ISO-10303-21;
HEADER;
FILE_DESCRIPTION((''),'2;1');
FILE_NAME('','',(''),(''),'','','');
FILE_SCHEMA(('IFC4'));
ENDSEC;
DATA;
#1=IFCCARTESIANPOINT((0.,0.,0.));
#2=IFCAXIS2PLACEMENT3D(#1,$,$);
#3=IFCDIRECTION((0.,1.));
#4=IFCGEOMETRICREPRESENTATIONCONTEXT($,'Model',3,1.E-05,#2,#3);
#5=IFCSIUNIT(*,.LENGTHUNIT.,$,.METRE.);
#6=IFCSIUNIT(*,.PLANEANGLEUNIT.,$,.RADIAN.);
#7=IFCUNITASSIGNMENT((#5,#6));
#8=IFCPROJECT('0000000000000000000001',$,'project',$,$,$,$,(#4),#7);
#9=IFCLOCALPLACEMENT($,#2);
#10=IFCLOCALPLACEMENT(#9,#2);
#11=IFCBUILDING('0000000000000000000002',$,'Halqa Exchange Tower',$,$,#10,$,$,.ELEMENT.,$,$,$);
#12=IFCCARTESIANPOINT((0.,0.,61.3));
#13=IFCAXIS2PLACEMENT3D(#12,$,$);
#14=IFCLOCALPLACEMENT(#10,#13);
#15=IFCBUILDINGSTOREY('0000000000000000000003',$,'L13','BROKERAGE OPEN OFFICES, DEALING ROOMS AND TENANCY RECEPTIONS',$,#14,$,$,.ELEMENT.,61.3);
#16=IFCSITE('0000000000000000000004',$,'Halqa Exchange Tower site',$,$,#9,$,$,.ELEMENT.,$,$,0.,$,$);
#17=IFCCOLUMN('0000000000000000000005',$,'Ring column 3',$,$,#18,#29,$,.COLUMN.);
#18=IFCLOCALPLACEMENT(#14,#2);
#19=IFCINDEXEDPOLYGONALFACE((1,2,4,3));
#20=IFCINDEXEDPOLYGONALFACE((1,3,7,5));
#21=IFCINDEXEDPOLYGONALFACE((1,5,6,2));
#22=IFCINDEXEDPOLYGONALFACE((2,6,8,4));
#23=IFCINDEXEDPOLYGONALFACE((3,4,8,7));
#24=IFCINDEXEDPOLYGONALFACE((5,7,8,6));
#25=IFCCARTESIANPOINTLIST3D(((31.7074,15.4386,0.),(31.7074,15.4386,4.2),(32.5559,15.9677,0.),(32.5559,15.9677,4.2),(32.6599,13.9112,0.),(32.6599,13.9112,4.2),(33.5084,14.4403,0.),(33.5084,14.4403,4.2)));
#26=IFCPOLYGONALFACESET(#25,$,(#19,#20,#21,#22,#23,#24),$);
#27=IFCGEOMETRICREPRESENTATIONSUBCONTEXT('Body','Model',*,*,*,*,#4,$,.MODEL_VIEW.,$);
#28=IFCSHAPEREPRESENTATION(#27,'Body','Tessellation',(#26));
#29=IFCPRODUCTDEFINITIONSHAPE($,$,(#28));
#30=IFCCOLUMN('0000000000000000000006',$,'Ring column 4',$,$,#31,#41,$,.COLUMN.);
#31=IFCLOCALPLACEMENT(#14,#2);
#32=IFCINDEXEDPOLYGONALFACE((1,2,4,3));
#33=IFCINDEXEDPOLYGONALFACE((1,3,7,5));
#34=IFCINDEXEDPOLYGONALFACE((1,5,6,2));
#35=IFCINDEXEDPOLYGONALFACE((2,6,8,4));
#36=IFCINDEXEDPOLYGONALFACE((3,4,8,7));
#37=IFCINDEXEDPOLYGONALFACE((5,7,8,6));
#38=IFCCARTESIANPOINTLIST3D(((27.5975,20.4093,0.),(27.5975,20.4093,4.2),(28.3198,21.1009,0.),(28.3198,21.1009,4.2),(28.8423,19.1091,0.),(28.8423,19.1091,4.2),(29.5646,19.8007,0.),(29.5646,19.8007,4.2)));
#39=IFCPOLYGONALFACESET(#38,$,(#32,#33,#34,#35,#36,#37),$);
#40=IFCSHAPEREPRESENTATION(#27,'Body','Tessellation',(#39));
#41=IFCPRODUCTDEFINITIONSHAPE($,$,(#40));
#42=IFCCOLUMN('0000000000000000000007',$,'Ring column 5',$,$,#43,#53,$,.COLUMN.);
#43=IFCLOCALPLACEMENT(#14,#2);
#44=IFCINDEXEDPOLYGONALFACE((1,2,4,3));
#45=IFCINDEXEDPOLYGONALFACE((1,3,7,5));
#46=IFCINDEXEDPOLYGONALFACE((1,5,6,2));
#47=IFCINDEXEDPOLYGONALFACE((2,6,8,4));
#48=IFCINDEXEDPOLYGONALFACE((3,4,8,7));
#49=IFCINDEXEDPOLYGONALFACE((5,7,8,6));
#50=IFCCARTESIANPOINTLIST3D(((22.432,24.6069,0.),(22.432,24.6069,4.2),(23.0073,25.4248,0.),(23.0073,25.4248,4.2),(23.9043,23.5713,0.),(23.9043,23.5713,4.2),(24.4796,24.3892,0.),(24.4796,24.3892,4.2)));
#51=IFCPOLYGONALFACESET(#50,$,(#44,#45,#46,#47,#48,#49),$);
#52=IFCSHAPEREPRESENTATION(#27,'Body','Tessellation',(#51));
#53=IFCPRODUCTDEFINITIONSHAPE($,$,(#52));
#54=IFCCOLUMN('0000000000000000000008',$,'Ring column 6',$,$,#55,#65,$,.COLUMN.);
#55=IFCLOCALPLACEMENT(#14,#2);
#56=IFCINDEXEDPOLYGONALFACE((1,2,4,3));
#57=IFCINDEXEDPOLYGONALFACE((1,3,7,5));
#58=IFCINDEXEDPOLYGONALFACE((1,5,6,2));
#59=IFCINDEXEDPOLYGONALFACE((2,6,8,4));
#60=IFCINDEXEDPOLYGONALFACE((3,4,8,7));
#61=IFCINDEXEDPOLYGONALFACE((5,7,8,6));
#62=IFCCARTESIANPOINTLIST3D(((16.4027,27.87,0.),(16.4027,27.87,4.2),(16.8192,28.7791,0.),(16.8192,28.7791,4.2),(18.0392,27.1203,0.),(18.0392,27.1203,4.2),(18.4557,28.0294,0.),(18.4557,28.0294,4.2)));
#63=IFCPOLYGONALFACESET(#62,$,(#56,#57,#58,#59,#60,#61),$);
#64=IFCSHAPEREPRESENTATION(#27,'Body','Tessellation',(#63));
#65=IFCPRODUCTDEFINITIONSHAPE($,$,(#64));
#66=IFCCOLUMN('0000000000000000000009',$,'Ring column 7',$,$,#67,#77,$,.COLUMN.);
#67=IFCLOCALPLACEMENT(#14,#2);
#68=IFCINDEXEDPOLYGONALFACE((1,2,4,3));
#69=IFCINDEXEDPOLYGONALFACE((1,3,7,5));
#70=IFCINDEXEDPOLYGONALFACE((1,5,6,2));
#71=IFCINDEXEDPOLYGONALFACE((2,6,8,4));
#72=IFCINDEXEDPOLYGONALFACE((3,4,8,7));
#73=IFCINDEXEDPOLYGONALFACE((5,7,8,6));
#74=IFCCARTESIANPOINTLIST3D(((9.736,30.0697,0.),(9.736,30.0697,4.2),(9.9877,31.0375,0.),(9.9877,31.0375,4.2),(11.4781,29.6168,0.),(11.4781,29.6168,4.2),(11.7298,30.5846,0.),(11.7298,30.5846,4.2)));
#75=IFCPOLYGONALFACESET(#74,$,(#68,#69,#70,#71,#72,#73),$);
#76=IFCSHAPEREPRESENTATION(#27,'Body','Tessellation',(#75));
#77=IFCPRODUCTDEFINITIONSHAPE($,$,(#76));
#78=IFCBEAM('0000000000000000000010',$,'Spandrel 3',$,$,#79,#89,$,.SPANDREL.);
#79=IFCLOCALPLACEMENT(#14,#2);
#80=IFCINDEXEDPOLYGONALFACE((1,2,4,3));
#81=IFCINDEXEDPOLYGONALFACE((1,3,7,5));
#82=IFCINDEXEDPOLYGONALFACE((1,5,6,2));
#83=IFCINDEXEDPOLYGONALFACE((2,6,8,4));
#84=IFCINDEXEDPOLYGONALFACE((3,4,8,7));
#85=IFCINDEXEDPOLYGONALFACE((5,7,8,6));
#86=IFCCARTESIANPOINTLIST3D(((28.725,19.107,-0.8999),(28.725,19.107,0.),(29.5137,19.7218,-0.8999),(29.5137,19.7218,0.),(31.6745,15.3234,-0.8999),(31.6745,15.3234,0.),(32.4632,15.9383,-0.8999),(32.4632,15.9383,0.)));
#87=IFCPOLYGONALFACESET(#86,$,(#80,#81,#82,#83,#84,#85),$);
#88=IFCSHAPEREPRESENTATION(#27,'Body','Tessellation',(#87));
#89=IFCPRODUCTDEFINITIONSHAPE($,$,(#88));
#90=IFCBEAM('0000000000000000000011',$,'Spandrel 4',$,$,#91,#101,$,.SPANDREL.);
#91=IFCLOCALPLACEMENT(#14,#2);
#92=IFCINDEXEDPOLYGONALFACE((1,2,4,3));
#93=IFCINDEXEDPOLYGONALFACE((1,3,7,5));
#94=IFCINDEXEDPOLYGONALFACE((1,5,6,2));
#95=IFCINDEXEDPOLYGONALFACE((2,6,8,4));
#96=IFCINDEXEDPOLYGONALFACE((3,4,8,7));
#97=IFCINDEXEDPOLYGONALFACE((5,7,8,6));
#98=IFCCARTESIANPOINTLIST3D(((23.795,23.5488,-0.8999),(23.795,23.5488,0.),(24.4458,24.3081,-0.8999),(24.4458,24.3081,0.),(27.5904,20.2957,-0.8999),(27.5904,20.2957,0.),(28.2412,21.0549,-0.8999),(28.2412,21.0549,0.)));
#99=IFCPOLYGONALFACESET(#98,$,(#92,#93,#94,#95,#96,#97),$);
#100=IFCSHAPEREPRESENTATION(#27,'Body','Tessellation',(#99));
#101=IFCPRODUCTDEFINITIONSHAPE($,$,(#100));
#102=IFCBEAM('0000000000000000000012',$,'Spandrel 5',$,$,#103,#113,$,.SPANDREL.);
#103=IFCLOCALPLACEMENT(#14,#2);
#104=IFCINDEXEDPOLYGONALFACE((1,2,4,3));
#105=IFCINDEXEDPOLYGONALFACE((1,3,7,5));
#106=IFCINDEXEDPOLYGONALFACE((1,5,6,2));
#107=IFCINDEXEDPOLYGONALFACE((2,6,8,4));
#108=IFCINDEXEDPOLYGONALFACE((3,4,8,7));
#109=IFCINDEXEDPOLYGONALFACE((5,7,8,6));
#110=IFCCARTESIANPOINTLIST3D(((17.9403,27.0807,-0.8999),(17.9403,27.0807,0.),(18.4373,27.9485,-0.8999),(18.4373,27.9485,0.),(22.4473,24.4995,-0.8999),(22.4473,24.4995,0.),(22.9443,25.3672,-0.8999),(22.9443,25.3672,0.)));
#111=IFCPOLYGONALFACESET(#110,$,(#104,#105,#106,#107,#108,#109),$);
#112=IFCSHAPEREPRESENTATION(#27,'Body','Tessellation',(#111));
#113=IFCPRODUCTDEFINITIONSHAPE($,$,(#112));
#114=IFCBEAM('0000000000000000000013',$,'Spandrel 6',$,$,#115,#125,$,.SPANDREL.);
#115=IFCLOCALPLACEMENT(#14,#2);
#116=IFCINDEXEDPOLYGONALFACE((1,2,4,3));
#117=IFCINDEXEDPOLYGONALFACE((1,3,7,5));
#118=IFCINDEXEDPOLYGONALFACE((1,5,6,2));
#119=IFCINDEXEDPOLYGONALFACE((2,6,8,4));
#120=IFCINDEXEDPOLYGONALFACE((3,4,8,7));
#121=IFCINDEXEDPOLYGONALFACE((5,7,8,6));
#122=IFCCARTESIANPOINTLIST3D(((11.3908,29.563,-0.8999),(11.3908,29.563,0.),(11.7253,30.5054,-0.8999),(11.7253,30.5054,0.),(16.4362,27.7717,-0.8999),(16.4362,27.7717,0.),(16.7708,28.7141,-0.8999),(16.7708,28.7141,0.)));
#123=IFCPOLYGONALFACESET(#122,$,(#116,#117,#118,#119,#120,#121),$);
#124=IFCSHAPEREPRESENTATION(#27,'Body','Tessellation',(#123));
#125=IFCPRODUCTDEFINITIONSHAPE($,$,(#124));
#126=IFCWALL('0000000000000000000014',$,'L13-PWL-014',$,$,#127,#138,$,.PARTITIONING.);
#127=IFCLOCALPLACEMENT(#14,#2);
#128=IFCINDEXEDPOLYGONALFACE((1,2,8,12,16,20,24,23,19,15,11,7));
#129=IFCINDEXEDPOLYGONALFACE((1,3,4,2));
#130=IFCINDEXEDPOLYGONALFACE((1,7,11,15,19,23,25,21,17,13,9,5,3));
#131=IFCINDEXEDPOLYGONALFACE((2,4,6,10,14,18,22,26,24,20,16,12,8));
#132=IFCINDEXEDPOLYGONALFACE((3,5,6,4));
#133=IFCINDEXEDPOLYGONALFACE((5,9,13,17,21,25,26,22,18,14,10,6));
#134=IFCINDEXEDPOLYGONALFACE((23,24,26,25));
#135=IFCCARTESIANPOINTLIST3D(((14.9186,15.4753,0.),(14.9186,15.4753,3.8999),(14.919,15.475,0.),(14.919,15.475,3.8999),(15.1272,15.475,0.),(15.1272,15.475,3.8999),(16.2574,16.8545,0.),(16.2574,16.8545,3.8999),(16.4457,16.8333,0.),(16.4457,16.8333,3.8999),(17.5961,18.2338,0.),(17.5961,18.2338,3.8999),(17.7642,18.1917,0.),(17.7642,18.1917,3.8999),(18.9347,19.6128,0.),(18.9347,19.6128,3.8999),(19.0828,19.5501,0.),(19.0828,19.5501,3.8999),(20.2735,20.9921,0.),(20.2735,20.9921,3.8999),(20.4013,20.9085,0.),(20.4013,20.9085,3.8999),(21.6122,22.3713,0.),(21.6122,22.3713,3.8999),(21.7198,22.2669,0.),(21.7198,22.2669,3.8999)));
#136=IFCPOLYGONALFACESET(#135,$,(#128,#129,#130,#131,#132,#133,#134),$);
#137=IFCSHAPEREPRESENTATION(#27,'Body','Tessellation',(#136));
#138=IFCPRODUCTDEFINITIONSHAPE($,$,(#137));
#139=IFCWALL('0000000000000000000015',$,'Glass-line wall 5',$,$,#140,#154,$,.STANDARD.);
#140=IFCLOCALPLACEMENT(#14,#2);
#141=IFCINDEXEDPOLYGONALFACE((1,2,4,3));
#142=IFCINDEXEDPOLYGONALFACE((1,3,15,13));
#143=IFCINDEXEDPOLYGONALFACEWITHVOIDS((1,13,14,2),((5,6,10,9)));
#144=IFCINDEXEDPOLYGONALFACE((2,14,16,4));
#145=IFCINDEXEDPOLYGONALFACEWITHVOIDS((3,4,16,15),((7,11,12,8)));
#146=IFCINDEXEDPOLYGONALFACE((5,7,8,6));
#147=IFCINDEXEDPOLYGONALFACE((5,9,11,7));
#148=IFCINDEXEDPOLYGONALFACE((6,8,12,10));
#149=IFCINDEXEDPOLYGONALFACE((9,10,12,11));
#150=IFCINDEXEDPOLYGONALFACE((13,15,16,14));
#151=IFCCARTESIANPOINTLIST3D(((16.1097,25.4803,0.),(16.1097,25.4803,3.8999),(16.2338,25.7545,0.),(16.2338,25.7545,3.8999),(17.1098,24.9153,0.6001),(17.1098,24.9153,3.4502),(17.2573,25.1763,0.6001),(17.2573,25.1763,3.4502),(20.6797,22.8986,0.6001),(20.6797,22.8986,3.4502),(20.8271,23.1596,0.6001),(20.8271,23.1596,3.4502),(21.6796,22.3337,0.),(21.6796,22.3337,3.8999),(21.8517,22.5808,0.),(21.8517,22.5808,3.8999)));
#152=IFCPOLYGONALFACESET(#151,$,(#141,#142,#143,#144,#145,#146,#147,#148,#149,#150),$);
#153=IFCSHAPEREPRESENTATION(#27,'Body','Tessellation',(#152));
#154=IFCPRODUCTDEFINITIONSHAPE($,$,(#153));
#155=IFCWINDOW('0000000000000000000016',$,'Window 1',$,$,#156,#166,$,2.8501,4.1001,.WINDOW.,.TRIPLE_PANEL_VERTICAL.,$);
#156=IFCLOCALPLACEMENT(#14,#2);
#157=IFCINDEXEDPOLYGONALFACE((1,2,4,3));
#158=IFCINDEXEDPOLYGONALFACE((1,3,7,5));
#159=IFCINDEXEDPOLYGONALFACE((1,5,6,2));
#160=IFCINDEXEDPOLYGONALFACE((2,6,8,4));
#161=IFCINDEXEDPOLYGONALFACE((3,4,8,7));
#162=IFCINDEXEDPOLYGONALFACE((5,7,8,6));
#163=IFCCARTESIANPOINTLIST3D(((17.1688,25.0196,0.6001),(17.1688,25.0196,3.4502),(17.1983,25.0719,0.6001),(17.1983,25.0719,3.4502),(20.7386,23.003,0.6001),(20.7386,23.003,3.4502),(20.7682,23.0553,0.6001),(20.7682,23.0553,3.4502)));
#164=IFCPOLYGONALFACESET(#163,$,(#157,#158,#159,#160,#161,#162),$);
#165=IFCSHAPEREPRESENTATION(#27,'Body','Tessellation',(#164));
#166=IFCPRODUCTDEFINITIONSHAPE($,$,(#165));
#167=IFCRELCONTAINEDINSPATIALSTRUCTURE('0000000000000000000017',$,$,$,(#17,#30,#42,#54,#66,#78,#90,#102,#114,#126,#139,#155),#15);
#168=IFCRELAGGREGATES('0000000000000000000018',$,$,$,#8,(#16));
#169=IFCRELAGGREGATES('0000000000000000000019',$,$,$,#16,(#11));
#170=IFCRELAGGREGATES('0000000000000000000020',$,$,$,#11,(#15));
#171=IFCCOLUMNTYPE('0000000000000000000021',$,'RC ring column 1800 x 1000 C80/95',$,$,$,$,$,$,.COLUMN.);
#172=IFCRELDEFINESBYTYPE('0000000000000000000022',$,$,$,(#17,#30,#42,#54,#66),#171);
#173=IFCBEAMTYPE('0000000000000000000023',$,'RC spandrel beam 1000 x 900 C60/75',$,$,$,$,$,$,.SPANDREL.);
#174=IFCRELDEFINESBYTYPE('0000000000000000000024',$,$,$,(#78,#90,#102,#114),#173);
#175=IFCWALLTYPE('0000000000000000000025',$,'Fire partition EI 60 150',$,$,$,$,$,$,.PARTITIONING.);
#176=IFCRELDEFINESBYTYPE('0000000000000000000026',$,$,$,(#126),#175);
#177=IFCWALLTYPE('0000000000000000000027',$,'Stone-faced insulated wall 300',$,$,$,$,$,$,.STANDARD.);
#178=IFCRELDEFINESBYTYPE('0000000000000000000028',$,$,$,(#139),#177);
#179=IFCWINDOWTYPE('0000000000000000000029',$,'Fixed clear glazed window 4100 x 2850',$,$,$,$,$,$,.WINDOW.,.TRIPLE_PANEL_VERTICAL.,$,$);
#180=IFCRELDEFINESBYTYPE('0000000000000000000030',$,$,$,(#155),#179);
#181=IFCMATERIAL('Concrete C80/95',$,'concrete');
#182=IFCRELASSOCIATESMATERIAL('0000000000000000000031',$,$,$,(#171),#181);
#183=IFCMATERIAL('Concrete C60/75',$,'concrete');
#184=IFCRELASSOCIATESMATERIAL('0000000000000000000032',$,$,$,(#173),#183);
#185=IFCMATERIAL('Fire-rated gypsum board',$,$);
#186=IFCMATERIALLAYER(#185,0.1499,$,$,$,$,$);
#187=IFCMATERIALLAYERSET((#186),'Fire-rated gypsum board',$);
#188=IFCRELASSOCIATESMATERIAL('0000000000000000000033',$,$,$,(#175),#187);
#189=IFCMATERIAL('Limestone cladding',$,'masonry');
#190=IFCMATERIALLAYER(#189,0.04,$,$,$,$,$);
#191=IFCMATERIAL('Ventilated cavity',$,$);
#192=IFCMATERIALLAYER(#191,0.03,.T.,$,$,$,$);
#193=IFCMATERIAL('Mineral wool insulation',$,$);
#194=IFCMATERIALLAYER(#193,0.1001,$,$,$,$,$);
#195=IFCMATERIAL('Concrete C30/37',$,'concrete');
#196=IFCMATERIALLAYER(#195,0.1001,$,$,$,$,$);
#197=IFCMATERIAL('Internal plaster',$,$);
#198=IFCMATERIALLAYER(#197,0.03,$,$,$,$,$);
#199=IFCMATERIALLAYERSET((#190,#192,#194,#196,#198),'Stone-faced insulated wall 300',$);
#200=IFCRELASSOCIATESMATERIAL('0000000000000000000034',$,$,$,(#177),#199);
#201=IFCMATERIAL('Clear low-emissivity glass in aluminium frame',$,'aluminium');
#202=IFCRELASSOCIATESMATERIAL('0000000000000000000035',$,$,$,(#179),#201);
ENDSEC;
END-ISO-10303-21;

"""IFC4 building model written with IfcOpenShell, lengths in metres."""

from ifc_helpers import new_model, si_unit, direction, frame, frame_2d, origin, origin_2d, place, context, subcontext, project, spatial, polyline, rectangle, outline, extrude, material, layer, layer_set, material_profile, profile_set, type_object, element, fill, save


model = new_model("IFC4")

# Units and contexts
model_context = context("Model", 3, precision=1e-05, world=origin(), true_north=direction((0.0, 1.0)))
body_context = subcontext(model_context, "Body", "Model", "MODEL_VIEW")
ifc_project = project(units=[si_unit("LENGTHUNIT", "METRE"), si_unit("PLANEANGLEUNIT", "RADIAN")], contexts=[model_context])

# Site, building, storey
site_placement = place(None, origin())
site = spatial("IfcSite", under=ifc_project, at=site_placement, Name="Halqa Exchange Tower site", CompositionType="ELEMENT", RefElevation=0.0)
building_placement = place(site_placement, origin())
building = spatial("IfcBuilding", under=site, at=building_placement, Name="Halqa Exchange Tower", CompositionType="ELEMENT")
storey_placement = place(building_placement, frame((0.0, 0.0, 61.3)))
storey = spatial("IfcBuildingStorey", under=building, at=storey_placement, Name="L13", Description="BROKERAGE OPEN OFFICES, DEALING ROOMS AND TENANCY RECEPTIONS", CompositionType="ELEMENT", Elevation=61.3)

# Columns
ifc_material_1 = material(Name="Concrete C80/95", Category="concrete")
ifc_material_profile_1 = material_profile(ifc_material_1, rectangle(XDim=1.8, YDim=1.0, at=origin_2d()), Name="1800 x 1000")
ifc_profile_set_1 = profile_set([ifc_material_profile_1], Name="Concrete C80/95")
column_type = type_object("IfcColumnType", Name="RC ring column 1800 x 1000 C80/95", PredefinedType="COLUMN", material=ifc_profile_set_1)
for number, where, z_axis, x_axis, name in (
    (1, (32.6079, 14.9395, 0.0), (0.0, 0.0, 1.0), (-0.529139, 0.848535, 0.0), "Ring column 3"),
    (2, (28.5811, 20.105, 0.0), (0.0, 0.0, 1.0), (-0.691577, 0.722302, 0.0), "Ring column 4"),
    (3, (23.4558, 24.498, 0.0), (0.0, 0.0, 1.0), (-0.817909, 0.575348, 0.0), "Ring column 5"),
    (4, (17.4292, 27.9497, 0.0), (0.0, 0.0, 1.0), (-0.909126, 0.41652, 0.0), "Ring column 6"),
    (5, (10.7329, 30.3271, 0.0), (0.0, 0.0, 1.0), (-0.96782, 0.251644, 0.0), "Ring column 7"),
):
    element("IfcColumn", number, at=place(storey_placement, frame(where, z_axis=z_axis, x_axis=x_axis)), inside=storey, type_object=column_type, Name=name, PredefinedType="COLUMN", context=body_context, shape_type="SweptSolid", body=[
        extrude(rectangle(XDim=1.8, YDim=1.0, at=origin_2d()), origin(), (0.0, 0.0, 1.0), 4.2),
    ])

# Beams
ifc_material_2 = material(Name="Concrete C60/75", Category="concrete")
ifc_material_profile_2 = material_profile(ifc_material_2, rectangle(XDim=1.0, YDim=0.8999, at=origin_2d()), Name="1000 x 900")
ifc_profile_set_2 = profile_set([ifc_material_profile_2], Name="Concrete C60/75")
beam_type = type_object("IfcBeamType", Name="RC spandrel beam 1000 x 900 C60/75", PredefinedType="SPANDREL", material=ifc_profile_set_2)
beam_1_placement = place(storey_placement, frame((32.0688, 15.6309, -0.45), z_axis=(-0.614821, 0.788667, 0.0), x_axis=(-0.788667, -0.614821, 0.0)))
element("IfcBeam", 6, at=beam_1_placement, inside=storey, type_object=beam_type, Name="Spandrel 3", PredefinedType="SPANDREL", context=body_context, shape_type="SweptSolid", body=[
    extrude(rectangle(XDim=1.0, YDim=0.8999, at=origin_2d()), origin(), (0.0, 0.0, 1.0), 4.7974),
])
beam_2_placement = place(storey_placement, frame((27.9158, 20.6753, -0.45), z_axis=(-0.75926, 0.650787, 0.0), x_axis=(-0.650787, -0.75926, 0.0)))
element("IfcBeam", 7, at=beam_2_placement, inside=storey, type_object=beam_type, Name="Spandrel 4", PredefinedType="SPANDREL", context=body_context, shape_type="SweptSolid", body=[
    extrude(rectangle(XDim=1.0, YDim=0.8999, at=origin_2d()), origin(), (0.0, 0.0, 1.0), 4.9988),
])
beam_3_placement = place(storey_placement, frame((22.6958, 24.9333, -0.45), z_axis=(-0.86776, 0.496984, 0.0), x_axis=(-0.496984, -0.86776, 0.0)))
element("IfcBeam", 8, at=beam_3_placement, inside=storey, type_object=beam_type, Name="Spandrel 5", PredefinedType="SPANDREL", context=body_context, shape_type="SweptSolid", body=[
    extrude(rectangle(XDim=1.0, YDim=0.8999, at=origin_2d()), origin(), (0.0, 0.0, 1.0), 5.1938),
])
beam_4_placement = place(storey_placement, frame((16.6035, 28.2429, -0.45), z_axis=(-0.942372, 0.334568, 0.0), x_axis=(-0.334568, -0.942372, 0.0)))
element("IfcBeam", 9, at=beam_4_placement, inside=storey, type_object=beam_type, Name="Spandrel 6", PredefinedType="SPANDREL", context=body_context, shape_type="SweptSolid", body=[
    extrude(rectangle(XDim=1.0, YDim=0.8999, at=origin_2d()), origin(), (0.0, 0.0, 1.0), 5.354),
])

# Wall
ifc_material_3 = material(Name="Fire-rated gypsum board")
ifc_layer_1 = layer(ifc_material_3, 0.1499)
ifc_layer_set_1 = layer_set([ifc_layer_1], Name="Fire-rated gypsum board")
wall_type_1 = type_object("IfcWallType", Name="Fire partition EI 60 150", PredefinedType="PARTITIONING", material=ifc_layer_set_1)
wall_1_placement = place(storey_placement, frame((14.9724, 15.4231, 0.0), z_axis=(0.0, 0.0, 1.0), x_axis=(0.696498, 0.717558, 0.0)))
element("IfcWall", 10, at=wall_1_placement, inside=storey, type_object=wall_type_1, Name="L13-PWL-014", PredefinedType="PARTITIONING", context=body_context, shape_type="SweptSolid", body=[
    extrude(outline(polyline([(0.0, 0.075), (0.0, 0.0745), (0.145, -0.075), (2.0381, -0.075), (3.9312, -0.075), (5.8242, -0.075), (7.7173, -0.075), (9.6104, -0.075), (9.6104, 0.075), (7.6882, 0.075), (5.7661, 0.075), (3.8442, 0.075), (1.9221, 0.075), (0.0, 0.075)])), origin(), (0.0, 0.0, 1.0), 3.8999),
])

# Shared definitions
ifc_material_4 = material(Name="Limestone cladding", Category="masonry")
ifc_layer_2 = layer(ifc_material_4, 0.04)
ifc_material_5 = material(Name="Ventilated cavity")
ifc_layer_3 = layer(ifc_material_5, 0.03, ventilated=True)
ifc_material_6 = material(Name="Mineral wool insulation")
ifc_layer_4 = layer(ifc_material_6, 0.1001)
ifc_material_7 = material(Name="Concrete C30/37", Category="concrete")
ifc_layer_5 = layer(ifc_material_7, 0.1001)
ifc_material_8 = material(Name="Internal plaster")
ifc_layer_6 = layer(ifc_material_8, 0.03)
ifc_layer_set_2 = layer_set([ifc_layer_2, ifc_layer_3, ifc_layer_4, ifc_layer_5, ifc_layer_6], Name="Stone-faced insulated wall 300")
wall_type_2 = type_object("IfcWallType", Name="Stone-faced insulated wall 300", PredefinedType="STANDARD", material=ifc_layer_set_2)
ifc_material_9 = material(Name="Clear low-emissivity glass in aluminium frame", Category="aluminium")

# Wall, opening, window
wall_2_placement = place(storey_placement, frame((21.7656, 22.4573, 0.0), z_axis=(0.0, 0.0, 1.0), x_axis=(-0.870674, 0.491861, 0.0)))
wall_2 = element("IfcWall", 11, at=wall_2_placement, inside=storey, type_object=wall_type_2, Name="Glass-line wall 5", PredefinedType="STANDARD", context=body_context, shape_type="SweptSolid", body=[
    extrude(outline(polyline([(-0.0142, -0.1499), (6.4382, -0.1499), (6.4114, 0.1499), (0.0142, 0.1499), (-0.0142, -0.1499)])), origin(), (0.0, 0.0, 1.0), 3.8999),
])
opening_1_placement = place(wall_2_placement, frame((1.1626, 0.0, 0.6001)))
opening_1 = element("IfcOpeningElement", 12, at=opening_1_placement, cuts=wall_2, PredefinedType="OPENING", context=body_context, shape_type="SweptSolid", body=[
    extrude(rectangle(XDim=4.1001, YDim=2.8501, at=frame_2d((2.05, 1.425))), frame((0.0, 0.1621, 0.0), z_axis=(0.0, -1.0, 0.0), x_axis=(1.0, 0.0, 0.0)), (0.0, 0.0, 1.0), 0.324),
])
window_type = type_object("IfcWindowType", Name="Fixed clear glazed window 4100 x 2850", PartitioningType="TRIPLE_PANEL_VERTICAL", PredefinedType="WINDOW", material=ifc_material_9)
window_1_placement = place(opening_1_placement, origin())
window_1 = element("IfcWindow", 13, at=window_1_placement, inside=storey, type_object=window_type, Name="Window 1", OverallHeight=2.8501, OverallWidth=4.1001, PartitioningType="TRIPLE_PANEL_VERTICAL", PredefinedType="WINDOW", context=body_context, shape_type="SweptSolid", body=[
    extrude(rectangle(XDim=4.1001, YDim=2.8501, at=frame_2d((2.05, 1.425))), frame((0.0, 0.03, 0.0), z_axis=(0.0, -1.0, 0.0), x_axis=(1.0, 0.0, 0.0)), (0.0, 0.0, 1.0), 0.0601),
])
fill(opening_1, window_1)

save(model, "model.ifc")
